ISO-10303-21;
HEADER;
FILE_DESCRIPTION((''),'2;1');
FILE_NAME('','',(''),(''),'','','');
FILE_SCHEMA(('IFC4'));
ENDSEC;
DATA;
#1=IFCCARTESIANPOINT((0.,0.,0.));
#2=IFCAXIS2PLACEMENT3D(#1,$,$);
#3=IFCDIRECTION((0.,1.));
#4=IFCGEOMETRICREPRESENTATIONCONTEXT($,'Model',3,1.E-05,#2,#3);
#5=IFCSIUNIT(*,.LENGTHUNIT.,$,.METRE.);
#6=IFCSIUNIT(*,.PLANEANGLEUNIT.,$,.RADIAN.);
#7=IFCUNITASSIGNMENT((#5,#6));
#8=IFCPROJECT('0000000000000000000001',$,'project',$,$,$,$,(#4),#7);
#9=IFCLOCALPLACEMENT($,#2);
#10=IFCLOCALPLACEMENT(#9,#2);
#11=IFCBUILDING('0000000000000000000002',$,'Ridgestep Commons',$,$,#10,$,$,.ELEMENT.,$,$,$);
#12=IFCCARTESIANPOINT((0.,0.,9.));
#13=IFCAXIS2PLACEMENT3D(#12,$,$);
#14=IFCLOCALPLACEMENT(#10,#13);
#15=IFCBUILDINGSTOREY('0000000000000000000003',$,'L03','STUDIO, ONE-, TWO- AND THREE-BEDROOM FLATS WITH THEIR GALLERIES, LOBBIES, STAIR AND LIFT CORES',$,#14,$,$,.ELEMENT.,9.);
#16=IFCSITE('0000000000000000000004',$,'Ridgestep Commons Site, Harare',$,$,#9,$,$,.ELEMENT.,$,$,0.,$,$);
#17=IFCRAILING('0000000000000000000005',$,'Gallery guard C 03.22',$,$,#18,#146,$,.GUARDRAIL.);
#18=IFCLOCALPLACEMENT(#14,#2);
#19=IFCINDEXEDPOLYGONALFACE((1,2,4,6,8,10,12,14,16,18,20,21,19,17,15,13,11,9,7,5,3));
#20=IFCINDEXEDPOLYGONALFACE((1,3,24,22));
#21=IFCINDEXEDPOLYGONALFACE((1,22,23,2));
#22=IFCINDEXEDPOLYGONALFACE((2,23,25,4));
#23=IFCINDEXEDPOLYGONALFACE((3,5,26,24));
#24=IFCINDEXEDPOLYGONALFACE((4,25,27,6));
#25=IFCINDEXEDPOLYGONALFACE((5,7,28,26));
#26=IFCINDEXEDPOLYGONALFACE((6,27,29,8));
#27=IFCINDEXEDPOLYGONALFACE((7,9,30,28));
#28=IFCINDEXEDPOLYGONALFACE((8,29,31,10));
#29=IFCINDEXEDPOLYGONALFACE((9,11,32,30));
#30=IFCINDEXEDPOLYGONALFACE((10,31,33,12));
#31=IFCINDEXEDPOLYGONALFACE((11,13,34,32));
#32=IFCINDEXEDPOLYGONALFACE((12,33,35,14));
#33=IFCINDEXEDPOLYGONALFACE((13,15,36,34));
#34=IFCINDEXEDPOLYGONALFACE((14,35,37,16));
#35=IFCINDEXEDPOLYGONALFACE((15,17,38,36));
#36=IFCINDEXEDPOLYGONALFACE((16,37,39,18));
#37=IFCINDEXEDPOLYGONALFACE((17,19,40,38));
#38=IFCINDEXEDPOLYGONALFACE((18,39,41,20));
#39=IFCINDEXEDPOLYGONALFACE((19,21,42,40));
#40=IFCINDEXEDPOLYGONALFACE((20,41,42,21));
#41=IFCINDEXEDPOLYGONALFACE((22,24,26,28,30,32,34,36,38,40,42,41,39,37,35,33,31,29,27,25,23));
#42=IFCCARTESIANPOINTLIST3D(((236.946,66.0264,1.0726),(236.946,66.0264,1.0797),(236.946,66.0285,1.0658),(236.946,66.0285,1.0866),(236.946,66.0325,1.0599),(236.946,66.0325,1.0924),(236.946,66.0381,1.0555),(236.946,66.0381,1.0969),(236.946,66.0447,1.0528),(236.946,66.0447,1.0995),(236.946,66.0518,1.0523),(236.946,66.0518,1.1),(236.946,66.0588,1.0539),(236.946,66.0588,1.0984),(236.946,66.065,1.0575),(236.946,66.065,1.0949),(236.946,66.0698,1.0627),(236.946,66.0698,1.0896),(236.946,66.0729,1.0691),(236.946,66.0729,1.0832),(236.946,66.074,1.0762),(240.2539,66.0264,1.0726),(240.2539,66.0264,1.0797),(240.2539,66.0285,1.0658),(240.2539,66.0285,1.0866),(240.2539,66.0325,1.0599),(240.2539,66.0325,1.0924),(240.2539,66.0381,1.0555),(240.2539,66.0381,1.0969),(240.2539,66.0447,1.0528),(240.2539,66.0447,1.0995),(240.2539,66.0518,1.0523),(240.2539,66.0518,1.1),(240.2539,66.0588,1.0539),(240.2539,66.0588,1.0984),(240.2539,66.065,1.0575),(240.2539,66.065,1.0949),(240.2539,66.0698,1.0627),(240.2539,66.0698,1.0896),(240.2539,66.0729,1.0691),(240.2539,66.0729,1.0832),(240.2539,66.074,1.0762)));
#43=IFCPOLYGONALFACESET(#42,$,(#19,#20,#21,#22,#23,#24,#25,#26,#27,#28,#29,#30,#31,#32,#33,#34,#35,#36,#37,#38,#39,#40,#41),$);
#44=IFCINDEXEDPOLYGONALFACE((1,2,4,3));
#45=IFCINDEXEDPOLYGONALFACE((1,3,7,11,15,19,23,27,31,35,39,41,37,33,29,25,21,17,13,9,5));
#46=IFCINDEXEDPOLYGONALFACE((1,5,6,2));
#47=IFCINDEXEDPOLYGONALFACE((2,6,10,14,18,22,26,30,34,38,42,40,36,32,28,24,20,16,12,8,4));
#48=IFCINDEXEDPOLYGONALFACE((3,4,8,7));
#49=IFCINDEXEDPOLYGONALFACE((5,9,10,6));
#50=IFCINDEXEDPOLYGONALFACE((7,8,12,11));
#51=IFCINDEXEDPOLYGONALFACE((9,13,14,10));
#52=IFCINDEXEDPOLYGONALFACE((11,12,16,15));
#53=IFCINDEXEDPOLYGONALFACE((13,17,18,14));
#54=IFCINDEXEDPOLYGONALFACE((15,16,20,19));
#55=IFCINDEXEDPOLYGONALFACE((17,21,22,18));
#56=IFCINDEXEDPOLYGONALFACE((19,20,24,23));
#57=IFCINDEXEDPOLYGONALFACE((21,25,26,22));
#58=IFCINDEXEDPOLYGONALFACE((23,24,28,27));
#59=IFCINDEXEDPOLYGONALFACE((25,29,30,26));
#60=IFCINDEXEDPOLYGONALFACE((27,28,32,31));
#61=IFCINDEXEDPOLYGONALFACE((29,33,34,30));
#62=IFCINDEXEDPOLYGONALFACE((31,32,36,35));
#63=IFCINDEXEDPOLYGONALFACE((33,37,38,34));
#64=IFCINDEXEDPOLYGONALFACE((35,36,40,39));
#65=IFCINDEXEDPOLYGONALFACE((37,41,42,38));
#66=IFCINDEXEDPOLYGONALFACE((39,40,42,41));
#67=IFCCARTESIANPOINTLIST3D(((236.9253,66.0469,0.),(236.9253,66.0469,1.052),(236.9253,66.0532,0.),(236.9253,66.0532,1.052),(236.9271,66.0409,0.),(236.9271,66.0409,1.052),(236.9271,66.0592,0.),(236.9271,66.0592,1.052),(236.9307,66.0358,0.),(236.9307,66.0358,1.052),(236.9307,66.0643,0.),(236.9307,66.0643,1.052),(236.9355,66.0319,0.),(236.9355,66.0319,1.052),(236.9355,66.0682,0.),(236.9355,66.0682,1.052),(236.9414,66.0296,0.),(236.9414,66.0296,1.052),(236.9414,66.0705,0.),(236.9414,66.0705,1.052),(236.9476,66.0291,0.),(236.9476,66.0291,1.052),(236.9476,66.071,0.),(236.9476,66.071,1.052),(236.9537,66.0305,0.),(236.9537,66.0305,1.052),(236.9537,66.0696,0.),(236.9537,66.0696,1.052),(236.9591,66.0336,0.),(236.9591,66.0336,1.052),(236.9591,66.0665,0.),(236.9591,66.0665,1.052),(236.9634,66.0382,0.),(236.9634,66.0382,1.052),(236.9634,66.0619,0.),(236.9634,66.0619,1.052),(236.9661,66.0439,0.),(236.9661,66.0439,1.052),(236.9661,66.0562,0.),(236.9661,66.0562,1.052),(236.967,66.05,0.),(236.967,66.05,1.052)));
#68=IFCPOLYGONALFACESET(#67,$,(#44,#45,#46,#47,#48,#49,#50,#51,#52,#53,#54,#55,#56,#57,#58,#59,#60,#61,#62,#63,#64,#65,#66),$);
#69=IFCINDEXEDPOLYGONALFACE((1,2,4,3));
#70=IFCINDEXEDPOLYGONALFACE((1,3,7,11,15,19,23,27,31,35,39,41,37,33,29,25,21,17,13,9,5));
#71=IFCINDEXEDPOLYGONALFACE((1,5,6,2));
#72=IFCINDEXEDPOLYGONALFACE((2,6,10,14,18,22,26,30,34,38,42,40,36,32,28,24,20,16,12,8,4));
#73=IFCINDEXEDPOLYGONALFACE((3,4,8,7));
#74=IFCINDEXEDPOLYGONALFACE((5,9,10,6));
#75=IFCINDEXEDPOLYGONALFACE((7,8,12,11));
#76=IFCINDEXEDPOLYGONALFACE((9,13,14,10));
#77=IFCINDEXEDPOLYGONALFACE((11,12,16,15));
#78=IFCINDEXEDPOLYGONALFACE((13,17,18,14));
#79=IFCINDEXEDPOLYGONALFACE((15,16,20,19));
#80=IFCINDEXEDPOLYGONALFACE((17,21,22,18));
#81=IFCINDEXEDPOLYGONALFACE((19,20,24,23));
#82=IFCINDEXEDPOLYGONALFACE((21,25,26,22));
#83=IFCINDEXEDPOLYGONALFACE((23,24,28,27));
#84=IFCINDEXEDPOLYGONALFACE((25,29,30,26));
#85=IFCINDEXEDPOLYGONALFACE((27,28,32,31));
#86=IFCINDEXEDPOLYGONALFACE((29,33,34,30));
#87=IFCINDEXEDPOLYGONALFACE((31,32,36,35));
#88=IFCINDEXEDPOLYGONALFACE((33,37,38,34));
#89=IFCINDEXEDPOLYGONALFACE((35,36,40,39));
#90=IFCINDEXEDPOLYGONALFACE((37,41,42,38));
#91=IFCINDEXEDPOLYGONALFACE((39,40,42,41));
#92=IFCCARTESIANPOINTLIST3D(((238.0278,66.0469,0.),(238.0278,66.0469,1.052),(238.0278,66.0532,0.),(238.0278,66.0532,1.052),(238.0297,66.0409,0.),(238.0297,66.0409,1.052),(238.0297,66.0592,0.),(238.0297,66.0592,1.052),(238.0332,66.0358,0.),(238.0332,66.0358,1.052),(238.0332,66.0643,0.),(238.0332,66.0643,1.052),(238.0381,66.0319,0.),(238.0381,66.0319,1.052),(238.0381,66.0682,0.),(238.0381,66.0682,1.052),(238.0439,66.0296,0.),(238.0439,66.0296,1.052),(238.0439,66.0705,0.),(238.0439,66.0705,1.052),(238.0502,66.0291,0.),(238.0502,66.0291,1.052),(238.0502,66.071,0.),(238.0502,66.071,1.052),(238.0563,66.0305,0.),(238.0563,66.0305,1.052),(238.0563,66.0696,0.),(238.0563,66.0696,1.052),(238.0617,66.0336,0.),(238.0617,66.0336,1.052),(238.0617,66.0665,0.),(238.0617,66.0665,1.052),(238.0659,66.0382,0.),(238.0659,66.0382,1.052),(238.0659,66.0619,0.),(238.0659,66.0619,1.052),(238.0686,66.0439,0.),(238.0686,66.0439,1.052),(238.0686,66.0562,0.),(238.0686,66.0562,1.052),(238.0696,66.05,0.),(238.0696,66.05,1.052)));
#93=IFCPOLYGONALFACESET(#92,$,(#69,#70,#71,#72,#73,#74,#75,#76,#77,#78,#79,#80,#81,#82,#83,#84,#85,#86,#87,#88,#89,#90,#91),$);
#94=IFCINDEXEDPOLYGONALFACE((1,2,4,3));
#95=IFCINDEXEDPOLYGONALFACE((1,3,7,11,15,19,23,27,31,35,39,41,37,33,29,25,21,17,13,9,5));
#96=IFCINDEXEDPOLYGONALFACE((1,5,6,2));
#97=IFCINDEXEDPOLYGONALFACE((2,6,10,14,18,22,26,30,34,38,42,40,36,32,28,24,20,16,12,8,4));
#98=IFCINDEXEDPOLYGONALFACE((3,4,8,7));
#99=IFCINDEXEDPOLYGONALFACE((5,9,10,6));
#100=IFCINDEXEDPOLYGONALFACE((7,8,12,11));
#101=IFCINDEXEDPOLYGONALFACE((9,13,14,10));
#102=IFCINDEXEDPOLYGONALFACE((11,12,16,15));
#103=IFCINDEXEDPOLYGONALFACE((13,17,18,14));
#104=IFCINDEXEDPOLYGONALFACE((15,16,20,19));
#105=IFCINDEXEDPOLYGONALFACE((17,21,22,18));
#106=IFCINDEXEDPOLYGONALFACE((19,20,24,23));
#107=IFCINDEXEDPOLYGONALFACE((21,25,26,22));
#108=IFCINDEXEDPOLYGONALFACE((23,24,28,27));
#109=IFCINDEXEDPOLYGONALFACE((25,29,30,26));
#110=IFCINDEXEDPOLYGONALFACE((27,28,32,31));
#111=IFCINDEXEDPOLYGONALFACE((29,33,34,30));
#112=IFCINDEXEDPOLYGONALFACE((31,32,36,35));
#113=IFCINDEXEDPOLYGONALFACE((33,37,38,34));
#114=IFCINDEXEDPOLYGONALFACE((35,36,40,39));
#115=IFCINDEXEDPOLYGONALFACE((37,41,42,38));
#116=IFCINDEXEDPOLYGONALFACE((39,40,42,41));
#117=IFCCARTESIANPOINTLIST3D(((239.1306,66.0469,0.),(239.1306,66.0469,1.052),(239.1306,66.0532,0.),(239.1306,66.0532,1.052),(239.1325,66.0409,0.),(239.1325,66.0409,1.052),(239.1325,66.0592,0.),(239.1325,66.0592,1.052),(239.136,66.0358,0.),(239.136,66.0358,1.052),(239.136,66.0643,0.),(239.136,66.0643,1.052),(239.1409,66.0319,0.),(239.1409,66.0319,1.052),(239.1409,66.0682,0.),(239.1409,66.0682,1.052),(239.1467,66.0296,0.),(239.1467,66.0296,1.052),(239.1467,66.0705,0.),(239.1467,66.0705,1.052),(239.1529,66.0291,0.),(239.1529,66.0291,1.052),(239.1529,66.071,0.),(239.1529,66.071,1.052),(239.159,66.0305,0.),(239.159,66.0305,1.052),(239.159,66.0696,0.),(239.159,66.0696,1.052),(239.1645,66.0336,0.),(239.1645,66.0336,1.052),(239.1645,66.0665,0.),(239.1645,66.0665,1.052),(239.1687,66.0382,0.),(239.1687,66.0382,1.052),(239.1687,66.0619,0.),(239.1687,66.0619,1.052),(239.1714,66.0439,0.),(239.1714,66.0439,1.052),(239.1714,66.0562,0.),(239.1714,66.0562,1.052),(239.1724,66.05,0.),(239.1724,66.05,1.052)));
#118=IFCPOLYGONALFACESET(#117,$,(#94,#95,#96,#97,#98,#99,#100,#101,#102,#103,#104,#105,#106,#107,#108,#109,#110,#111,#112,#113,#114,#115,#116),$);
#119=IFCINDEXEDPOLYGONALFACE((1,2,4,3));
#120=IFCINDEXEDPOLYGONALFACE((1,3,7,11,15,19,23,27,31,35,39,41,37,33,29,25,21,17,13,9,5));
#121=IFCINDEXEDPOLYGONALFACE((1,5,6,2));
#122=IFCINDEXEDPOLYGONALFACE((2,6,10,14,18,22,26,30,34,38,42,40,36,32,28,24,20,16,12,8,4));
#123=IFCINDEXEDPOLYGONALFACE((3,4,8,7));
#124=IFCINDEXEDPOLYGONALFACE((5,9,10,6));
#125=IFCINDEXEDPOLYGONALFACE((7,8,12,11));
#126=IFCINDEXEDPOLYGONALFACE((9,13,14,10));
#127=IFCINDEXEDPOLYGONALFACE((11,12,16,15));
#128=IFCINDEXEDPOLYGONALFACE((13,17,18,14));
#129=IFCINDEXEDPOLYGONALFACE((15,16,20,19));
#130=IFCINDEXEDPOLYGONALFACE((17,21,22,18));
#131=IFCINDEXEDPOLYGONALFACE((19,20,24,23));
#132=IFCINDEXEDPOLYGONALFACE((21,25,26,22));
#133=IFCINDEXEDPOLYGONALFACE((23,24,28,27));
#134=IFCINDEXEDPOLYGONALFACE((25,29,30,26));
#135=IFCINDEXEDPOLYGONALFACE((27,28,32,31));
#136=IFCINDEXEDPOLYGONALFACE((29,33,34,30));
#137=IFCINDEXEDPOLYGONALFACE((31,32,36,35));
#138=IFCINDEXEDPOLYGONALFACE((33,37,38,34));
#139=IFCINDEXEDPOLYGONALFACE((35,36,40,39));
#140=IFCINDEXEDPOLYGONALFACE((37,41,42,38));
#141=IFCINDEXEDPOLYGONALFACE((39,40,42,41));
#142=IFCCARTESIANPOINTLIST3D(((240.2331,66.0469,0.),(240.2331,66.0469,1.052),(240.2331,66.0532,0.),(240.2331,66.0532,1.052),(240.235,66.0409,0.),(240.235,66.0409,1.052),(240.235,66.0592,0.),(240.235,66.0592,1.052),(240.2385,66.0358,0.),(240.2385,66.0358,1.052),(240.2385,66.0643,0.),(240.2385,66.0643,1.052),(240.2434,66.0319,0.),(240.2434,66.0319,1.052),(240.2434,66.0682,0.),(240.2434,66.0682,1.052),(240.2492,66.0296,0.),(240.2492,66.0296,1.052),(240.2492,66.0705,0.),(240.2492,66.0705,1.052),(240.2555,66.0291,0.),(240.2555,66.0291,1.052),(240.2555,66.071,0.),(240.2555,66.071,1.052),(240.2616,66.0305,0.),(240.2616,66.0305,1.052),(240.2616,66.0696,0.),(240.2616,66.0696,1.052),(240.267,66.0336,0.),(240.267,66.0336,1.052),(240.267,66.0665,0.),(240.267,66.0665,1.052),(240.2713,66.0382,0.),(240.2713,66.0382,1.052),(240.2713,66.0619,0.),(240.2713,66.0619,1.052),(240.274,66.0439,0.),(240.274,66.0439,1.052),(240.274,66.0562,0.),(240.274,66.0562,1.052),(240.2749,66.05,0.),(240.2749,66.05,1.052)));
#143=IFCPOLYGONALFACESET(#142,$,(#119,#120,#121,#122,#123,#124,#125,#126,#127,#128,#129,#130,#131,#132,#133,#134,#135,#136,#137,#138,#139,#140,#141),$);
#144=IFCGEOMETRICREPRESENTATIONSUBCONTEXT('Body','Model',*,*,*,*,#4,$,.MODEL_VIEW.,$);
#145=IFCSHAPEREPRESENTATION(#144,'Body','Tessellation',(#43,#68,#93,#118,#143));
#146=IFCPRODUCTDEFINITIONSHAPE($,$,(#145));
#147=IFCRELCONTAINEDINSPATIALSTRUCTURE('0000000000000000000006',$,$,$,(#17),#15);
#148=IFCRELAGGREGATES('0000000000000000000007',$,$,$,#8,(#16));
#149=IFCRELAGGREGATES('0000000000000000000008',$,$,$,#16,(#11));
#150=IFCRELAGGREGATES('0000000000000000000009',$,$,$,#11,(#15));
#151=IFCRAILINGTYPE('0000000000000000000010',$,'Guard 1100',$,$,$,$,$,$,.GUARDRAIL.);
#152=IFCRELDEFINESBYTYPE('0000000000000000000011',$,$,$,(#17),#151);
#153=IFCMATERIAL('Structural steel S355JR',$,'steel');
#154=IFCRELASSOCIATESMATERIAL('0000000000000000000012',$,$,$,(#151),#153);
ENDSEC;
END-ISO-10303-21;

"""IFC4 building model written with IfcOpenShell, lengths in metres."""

from ifc_helpers import new_model, si_unit, direction, frame, origin, origin_2d, place, context, subcontext, project, spatial, circle, extrude, material, type_object, element, save


model = new_model("IFC4")

# Units and contexts
model_context = context("Model", 3, precision=1e-05, world=origin(), true_north=direction((0.0, 1.0)))
body_context = subcontext(model_context, "Body", "Model", "MODEL_VIEW")
ifc_project = project(units=[si_unit("LENGTHUNIT", "METRE"), si_unit("PLANEANGLEUNIT", "RADIAN")], contexts=[model_context])

# Site, building, storey
site_placement = place(None, origin())
site = spatial("IfcSite", under=ifc_project, at=site_placement, Name="Ridgestep Commons Site, Harare", CompositionType="ELEMENT", RefElevation=0.0)
building_placement = place(site_placement, origin())
building = spatial("IfcBuilding", under=site, at=building_placement, Name="Ridgestep Commons", CompositionType="ELEMENT")
storey_placement = place(building_placement, frame((0.0, 0.0, 9.0)))
storey = spatial("IfcBuildingStorey", under=building, at=storey_placement, Name="L03", Description="STUDIO, ONE-, TWO- AND THREE-BEDROOM FLATS WITH THEIR GALLERIES, LOBBIES, STAIR AND LIFT CORES", CompositionType="ELEMENT", Elevation=9.0)

# Railing
ifc_material_1 = material(Name="Structural steel S355JR", Category="steel")
railing_type = type_object("IfcRailingType", Name="Guard 1100", PredefinedType="GUARDRAIL", material=ifc_material_1)
railing_1_placement = place(storey_placement, frame((236.946, 66.05, 0.0)))
element("IfcRailing", 1, at=railing_1_placement, inside=storey, type_object=railing_type, Name="Gallery guard C 03.22", PredefinedType="GUARDRAIL", context=body_context, shape_type="SweptSolid", body=[
    extrude(circle(Radius=0.0239, at=origin_2d()), frame((0.0, 0.0, 1.0762), z_axis=(1.0, 0.0, 0.0), x_axis=(0.0, 1.0, 0.0)), (0.0, 0.0, 1.0), 3.3079),
    extrude(circle(Radius=0.021, at=origin_2d()), origin(), (0.0, 0.0, 1.0), 1.052),
    extrude(circle(Radius=0.021, at=origin_2d()), frame((1.1025, 0.0, 0.0)), (0.0, 0.0, 1.0), 1.052),
    extrude(circle(Radius=0.021, at=origin_2d()), frame((2.2053, 0.0, 0.0)), (0.0, 0.0, 1.0), 1.052),
    extrude(circle(Radius=0.021, at=origin_2d()), frame((3.3079, 0.0, 0.0)), (0.0, 0.0, 1.0), 1.052),
])

save(model, "model.ifc")
